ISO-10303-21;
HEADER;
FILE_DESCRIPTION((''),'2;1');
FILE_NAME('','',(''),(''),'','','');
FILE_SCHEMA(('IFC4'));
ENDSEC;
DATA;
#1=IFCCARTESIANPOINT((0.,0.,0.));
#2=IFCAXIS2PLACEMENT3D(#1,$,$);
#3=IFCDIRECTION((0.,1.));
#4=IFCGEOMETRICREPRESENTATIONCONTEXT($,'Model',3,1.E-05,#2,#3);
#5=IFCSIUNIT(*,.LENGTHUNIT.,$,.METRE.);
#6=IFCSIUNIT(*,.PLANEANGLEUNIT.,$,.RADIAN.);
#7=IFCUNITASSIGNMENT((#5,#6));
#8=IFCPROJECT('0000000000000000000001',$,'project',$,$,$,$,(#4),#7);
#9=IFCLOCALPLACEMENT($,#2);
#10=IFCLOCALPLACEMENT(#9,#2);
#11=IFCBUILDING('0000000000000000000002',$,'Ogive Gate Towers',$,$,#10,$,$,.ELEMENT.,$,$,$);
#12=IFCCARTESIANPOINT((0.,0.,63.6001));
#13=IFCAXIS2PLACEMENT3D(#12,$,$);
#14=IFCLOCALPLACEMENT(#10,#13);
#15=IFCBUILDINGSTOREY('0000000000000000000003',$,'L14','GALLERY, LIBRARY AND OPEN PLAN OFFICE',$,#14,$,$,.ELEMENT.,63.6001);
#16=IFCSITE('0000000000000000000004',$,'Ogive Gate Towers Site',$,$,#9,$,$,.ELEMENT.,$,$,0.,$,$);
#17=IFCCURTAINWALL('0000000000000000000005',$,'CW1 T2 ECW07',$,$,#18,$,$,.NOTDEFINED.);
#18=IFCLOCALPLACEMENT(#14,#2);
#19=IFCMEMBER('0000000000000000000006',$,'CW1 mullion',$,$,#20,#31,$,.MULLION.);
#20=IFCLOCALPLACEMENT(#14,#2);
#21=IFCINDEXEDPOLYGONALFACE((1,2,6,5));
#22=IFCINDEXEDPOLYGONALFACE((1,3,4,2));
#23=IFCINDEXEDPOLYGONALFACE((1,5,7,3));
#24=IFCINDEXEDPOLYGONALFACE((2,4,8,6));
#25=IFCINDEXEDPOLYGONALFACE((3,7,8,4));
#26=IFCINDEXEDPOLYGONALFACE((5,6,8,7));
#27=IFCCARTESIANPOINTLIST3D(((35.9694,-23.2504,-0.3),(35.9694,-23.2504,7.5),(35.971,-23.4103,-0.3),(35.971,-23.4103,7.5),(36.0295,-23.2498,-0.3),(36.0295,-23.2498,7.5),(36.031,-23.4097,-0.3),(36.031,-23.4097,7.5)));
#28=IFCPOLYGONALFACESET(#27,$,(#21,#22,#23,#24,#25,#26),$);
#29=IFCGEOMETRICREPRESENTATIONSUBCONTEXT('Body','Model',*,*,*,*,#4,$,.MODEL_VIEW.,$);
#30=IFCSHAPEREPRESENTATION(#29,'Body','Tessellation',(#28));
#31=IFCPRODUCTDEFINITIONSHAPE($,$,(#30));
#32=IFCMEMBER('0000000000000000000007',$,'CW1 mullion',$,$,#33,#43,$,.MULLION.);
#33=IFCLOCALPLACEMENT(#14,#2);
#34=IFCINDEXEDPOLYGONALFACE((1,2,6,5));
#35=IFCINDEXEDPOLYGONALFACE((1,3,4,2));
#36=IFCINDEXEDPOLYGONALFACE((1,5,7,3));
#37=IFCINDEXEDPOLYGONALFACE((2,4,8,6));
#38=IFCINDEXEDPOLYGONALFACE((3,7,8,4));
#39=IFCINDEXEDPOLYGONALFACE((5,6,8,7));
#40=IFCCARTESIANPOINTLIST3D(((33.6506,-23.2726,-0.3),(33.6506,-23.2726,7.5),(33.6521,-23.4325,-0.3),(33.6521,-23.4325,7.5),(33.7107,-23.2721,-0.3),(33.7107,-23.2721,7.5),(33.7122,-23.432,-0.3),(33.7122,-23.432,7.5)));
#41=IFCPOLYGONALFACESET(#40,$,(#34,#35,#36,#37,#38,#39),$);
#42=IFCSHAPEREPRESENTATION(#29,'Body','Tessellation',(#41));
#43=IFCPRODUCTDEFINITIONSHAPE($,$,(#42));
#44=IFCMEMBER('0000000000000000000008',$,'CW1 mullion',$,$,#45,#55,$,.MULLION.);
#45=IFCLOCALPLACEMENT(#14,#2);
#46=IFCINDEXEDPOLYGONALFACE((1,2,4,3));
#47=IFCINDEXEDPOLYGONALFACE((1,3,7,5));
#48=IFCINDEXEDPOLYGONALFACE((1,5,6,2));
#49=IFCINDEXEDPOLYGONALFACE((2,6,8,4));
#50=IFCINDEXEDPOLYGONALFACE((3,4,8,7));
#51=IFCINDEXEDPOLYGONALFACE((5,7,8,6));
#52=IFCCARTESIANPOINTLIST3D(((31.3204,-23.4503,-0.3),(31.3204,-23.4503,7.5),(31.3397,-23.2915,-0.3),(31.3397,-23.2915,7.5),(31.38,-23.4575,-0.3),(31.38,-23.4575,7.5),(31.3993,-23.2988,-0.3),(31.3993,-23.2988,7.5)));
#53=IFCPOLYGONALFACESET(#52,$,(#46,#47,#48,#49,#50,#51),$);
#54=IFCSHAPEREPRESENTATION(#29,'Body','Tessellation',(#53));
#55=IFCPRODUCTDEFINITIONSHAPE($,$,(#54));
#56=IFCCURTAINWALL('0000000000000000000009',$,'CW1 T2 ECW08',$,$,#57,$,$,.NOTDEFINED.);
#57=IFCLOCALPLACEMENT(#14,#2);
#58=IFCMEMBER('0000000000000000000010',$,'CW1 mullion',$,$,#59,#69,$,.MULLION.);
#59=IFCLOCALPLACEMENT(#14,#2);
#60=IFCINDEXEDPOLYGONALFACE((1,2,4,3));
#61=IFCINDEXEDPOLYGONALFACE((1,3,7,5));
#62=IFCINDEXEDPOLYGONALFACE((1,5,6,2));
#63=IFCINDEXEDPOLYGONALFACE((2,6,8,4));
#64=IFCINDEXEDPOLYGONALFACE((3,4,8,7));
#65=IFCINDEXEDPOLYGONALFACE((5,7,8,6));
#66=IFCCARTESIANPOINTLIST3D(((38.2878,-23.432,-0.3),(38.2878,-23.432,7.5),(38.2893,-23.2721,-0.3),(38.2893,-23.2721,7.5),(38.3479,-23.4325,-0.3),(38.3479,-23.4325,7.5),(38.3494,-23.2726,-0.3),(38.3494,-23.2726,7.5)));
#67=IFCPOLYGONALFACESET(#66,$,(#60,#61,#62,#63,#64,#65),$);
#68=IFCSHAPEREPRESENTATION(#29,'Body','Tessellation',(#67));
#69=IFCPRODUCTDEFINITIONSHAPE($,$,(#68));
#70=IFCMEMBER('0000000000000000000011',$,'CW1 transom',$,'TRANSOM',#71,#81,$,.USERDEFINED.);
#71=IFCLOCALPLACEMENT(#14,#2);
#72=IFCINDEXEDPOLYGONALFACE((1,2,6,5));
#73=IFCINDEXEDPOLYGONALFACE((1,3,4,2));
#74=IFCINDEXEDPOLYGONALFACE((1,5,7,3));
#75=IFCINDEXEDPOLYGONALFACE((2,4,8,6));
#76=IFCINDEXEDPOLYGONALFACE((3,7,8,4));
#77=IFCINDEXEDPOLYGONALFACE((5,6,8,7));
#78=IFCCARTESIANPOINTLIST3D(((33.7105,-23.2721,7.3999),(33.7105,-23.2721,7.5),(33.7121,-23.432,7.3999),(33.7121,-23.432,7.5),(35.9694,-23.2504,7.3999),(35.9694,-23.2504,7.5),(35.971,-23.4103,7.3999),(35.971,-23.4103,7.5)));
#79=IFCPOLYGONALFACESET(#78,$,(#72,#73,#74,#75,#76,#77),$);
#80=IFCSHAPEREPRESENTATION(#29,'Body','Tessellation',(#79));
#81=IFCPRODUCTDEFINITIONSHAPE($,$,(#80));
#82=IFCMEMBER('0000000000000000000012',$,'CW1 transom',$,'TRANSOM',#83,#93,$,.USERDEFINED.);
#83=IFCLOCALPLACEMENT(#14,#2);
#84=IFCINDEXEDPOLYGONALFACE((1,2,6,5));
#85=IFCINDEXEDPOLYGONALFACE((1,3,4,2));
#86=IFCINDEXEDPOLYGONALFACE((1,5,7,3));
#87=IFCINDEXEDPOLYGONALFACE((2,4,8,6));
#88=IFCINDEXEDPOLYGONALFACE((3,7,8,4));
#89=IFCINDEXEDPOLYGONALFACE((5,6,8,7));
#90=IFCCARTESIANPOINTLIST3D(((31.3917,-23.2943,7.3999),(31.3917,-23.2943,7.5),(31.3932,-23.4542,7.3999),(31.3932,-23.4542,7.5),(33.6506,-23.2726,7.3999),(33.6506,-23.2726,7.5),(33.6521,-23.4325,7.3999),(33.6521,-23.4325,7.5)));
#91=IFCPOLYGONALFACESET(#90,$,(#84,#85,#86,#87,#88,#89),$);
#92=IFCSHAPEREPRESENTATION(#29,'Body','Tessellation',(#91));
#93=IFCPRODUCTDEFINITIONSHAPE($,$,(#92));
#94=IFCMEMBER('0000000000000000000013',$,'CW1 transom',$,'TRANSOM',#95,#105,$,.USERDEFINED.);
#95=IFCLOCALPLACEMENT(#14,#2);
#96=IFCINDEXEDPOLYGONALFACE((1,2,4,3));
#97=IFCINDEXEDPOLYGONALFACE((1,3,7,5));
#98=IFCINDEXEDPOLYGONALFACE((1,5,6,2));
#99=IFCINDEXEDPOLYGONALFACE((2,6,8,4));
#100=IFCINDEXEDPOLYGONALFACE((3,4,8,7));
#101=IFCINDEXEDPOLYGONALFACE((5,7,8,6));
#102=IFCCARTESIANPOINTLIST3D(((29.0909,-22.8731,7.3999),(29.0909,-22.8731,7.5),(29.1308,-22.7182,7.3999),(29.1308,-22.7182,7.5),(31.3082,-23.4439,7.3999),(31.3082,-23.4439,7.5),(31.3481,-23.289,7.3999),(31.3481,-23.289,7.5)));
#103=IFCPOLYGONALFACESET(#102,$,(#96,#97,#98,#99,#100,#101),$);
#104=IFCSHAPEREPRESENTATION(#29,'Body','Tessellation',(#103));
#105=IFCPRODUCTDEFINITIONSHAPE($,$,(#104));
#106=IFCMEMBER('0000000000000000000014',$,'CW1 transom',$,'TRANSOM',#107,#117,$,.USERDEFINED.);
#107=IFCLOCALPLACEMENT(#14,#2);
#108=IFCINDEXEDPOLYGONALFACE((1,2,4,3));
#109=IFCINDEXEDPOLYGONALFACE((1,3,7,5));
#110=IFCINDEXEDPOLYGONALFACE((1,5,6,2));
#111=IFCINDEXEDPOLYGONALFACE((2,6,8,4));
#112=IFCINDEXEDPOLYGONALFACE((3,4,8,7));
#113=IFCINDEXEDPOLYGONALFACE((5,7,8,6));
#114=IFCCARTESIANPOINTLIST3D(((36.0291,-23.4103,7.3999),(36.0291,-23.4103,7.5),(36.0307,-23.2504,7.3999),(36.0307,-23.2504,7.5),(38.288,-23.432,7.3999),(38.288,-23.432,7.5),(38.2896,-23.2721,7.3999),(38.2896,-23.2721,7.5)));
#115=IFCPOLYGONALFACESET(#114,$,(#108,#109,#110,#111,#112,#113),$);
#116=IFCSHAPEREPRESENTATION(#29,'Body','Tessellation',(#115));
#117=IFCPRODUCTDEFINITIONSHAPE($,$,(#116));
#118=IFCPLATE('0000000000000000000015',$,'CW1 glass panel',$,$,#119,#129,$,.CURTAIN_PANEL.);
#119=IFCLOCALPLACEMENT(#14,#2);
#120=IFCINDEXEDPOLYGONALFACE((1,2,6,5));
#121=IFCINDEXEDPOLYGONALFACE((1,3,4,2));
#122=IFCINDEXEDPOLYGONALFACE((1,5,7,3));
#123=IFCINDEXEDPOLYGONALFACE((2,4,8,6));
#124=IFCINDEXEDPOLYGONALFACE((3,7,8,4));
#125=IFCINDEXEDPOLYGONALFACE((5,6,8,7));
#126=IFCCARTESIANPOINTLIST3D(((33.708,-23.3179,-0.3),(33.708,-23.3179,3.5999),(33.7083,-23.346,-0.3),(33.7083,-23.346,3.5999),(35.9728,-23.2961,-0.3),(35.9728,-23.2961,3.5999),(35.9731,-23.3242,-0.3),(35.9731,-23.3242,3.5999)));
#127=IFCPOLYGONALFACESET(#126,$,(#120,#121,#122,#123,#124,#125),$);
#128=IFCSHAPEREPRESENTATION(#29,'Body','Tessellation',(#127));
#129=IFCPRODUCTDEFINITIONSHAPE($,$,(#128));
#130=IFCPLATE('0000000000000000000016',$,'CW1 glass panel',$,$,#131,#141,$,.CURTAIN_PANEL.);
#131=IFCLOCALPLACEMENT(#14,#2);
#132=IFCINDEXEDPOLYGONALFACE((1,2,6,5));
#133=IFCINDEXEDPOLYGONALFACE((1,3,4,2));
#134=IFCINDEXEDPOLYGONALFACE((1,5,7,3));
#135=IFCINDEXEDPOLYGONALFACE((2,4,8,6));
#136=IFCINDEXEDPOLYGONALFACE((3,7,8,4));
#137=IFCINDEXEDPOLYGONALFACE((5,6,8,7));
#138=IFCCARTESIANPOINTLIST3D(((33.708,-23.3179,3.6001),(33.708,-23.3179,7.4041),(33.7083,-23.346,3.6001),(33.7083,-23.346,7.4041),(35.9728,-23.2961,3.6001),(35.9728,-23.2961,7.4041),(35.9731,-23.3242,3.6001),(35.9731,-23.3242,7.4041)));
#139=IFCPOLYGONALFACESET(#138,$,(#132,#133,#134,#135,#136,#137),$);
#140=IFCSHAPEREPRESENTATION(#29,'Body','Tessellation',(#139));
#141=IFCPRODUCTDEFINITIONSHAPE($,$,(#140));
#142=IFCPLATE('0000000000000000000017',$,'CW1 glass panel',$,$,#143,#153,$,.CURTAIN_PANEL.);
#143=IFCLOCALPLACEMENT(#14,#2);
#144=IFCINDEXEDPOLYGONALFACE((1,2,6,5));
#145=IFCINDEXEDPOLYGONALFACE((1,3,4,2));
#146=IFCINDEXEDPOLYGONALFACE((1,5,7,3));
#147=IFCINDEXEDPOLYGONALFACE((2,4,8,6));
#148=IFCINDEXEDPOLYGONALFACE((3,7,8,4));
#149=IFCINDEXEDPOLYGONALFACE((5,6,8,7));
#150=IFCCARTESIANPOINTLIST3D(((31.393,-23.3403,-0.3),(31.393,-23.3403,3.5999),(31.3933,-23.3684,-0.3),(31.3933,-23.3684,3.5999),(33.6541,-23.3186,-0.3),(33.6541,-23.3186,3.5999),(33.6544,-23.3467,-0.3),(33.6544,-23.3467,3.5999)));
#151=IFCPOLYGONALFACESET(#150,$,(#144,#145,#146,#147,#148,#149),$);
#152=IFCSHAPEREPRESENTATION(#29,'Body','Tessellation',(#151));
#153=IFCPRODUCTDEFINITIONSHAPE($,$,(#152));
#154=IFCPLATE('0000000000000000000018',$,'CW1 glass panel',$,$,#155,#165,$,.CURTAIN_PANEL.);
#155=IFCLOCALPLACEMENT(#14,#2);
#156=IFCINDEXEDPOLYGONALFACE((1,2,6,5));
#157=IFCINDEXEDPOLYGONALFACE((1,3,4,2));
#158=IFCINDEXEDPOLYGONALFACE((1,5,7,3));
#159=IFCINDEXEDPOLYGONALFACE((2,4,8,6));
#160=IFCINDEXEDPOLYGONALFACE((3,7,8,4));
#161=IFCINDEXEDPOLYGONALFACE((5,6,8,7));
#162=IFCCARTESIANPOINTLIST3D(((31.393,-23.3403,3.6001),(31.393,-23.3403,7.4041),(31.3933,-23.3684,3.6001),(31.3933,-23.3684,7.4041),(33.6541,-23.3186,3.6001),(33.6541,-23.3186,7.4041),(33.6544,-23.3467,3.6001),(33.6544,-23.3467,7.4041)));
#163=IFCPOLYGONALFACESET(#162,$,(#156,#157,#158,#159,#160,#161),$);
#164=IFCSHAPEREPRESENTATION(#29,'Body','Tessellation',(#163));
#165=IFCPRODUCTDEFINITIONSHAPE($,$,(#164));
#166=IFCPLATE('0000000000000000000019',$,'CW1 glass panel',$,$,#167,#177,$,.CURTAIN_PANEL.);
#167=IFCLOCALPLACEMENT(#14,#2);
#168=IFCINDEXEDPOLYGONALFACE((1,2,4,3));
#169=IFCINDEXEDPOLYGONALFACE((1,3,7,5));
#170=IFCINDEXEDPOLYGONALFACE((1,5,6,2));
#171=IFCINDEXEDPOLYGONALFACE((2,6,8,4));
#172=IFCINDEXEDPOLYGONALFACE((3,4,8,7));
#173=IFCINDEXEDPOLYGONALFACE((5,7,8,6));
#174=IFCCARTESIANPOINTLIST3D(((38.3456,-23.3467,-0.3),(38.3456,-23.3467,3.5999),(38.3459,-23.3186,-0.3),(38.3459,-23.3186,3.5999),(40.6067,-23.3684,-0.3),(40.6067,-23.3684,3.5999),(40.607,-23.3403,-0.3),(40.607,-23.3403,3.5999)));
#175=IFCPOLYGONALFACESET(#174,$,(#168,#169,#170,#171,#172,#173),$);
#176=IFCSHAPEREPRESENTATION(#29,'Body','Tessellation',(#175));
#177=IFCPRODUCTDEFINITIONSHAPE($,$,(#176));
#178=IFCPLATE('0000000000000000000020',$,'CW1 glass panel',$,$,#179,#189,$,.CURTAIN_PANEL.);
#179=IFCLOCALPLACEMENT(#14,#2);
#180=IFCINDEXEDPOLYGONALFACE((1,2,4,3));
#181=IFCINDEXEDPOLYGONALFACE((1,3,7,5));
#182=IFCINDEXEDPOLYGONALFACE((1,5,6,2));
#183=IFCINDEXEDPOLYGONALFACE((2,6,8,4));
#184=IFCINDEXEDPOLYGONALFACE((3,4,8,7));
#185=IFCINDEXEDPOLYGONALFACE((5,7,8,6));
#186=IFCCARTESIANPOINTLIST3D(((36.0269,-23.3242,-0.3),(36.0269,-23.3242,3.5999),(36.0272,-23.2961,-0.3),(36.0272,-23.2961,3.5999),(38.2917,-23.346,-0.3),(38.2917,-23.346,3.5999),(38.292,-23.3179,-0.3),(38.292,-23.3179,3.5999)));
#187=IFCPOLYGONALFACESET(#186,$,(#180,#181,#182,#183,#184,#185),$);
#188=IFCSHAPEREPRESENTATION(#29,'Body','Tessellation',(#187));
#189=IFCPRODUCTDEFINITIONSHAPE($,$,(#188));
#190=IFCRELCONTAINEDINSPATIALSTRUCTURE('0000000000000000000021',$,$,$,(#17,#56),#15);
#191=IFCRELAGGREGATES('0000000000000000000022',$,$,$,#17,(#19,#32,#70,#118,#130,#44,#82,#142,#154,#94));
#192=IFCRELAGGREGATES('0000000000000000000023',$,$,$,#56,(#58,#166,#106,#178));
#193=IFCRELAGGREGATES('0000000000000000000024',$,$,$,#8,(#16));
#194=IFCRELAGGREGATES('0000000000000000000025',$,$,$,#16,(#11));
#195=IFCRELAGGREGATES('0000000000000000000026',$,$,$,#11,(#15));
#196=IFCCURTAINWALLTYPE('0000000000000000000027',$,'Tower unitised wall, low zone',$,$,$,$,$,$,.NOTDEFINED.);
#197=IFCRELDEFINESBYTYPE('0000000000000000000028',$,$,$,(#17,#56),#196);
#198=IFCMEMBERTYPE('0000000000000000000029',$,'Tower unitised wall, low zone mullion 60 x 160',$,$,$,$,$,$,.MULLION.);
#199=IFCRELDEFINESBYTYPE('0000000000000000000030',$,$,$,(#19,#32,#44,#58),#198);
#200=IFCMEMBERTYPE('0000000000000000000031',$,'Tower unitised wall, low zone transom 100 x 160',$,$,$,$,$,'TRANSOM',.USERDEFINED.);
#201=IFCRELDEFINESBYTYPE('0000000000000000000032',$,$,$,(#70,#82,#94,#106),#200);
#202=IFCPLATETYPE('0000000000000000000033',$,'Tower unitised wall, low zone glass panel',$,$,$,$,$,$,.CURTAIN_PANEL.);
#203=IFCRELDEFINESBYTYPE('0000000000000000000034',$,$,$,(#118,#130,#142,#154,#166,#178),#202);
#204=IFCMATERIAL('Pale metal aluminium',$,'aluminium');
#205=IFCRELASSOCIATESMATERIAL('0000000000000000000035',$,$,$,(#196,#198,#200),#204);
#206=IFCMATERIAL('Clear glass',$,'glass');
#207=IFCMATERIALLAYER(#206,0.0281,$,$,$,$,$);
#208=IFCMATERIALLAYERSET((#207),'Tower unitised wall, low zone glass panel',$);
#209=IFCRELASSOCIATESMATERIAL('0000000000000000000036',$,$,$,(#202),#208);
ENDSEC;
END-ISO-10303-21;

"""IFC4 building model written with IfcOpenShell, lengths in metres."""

from ifc_helpers import new_model, si_unit, direction, frame, origin, origin_2d, place, context, subcontext, project, spatial, rectangle, extrude, material, layer, layer_set, material_profile, profile_set, type_object, element, aggregate, save


model = new_model("IFC4")

# Units and contexts
model_context = context("Model", 3, precision=1e-05, world=origin(), true_north=direction((0.0, 1.0)))
body_context = subcontext(model_context, "Body", "Model", "MODEL_VIEW")
ifc_project = project(units=[si_unit("LENGTHUNIT", "METRE"), si_unit("PLANEANGLEUNIT", "RADIAN")], contexts=[model_context])

# Site, building, storey
site_placement = place(None, origin())
site = spatial("IfcSite", under=ifc_project, at=site_placement, Name="Ogive Gate Towers Site", CompositionType="ELEMENT", RefElevation=0.0)
building_placement = place(site_placement, origin())
building = spatial("IfcBuilding", under=site, at=building_placement, Name="Ogive Gate Towers", CompositionType="ELEMENT")
storey_placement = place(building_placement, frame((0.0, 0.0, 63.6001)))
storey = spatial("IfcBuildingStorey", under=building, at=storey_placement, Name="L14", Description="GALLERY, LIBRARY AND OPEN PLAN OFFICE", CompositionType="ELEMENT", Elevation=63.6001)

# Curtain wall, members
ifc_material_1 = material(Name="Pale metal aluminium", Category="aluminium")
curtain_wall_type = type_object("IfcCurtainWallType", Name="Tower unitised wall, low zone", PredefinedType="NOTDEFINED", material=ifc_material_1)
curtain_wall_1_placement = place(storey_placement, origin())
curtain_wall_1 = element("IfcCurtainWall", 1, at=curtain_wall_1_placement, inside=storey, type_object=curtain_wall_type, Name="CW1 T2 ECW07", PredefinedType="NOTDEFINED")
ifc_material_profile_1 = material_profile(ifc_material_1, rectangle(XDim=0.1599, YDim=0.0601, at=origin_2d()), Name="60 x 160 aluminium box")
ifc_profile_set_1 = profile_set([ifc_material_profile_1], Name="Pale metal aluminium")
member_type_1 = type_object("IfcMemberType", Name="Tower unitised wall, low zone mullion 60 x 160", PredefinedType="MULLION", material=ifc_profile_set_1)
member_1_placement = place(storey_placement, frame((36.0002, -23.3301, -0.3), z_axis=(0.0, 0.0, 1.0), x_axis=(-0.009617, 0.999954, 0.0)))
member_1 = element("IfcMember", 2, at=member_1_placement, type_object=member_type_1, Name="CW1 mullion", PredefinedType="MULLION", context=body_context, shape_type="SweptSolid", body=[
    extrude(rectangle(XDim=0.1599, YDim=0.0601, at=origin_2d()), origin(), (0.0, 0.0, 1.0), 7.8),
])
member_2_placement = place(storey_placement, frame((33.6814, -23.3523, -0.3), z_axis=(0.0, 0.0, 1.0), x_axis=(-0.009599, 0.999954, 0.0)))
member_2 = element("IfcMember", 3, at=member_2_placement, type_object=member_type_1, Name="CW1 mullion", PredefinedType="MULLION", context=body_context, shape_type="SweptSolid", body=[
    extrude(rectangle(XDim=0.1599, YDim=0.0601, at=origin_2d()), origin(), (0.0, 0.0, 1.0), 7.8),
])
member_3_placement = place(storey_placement, frame((31.3599, -23.3745, -0.3), z_axis=(0.0, 0.0, 1.0), x_axis=(0.120865, 0.992669, 0.0)))
member_3 = element("IfcMember", 4, at=member_3_placement, type_object=member_type_1, Name="CW1 mullion", PredefinedType="MULLION", context=body_context, shape_type="SweptSolid", body=[
    extrude(rectangle(XDim=0.1599, YDim=0.0601, at=origin_2d()), origin(), (0.0, 0.0, 1.0), 7.8),
])

# Curtain wall, member
curtain_wall_2_placement = place(storey_placement, origin())
curtain_wall_2 = element("IfcCurtainWall", 5, at=curtain_wall_2_placement, inside=storey, type_object=curtain_wall_type, Name="CW1 T2 ECW08", PredefinedType="NOTDEFINED")
member_4_placement = place(storey_placement, frame((38.3186, -23.3523, -0.3), z_axis=(0.0, 0.0, 1.0), x_axis=(0.009599, 0.999954, 0.0)))
member_4 = element("IfcMember", 6, at=member_4_placement, type_object=member_type_1, Name="CW1 mullion", PredefinedType="MULLION", context=body_context, shape_type="SweptSolid", body=[
    extrude(rectangle(XDim=0.1599, YDim=0.0601, at=origin_2d()), origin(), (0.0, 0.0, 1.0), 7.8),
])

# Members
ifc_material_profile_2 = material_profile(ifc_material_1, rectangle(XDim=0.1599, YDim=0.1001, at=origin_2d()), Name="100 x 160 aluminium box")
ifc_profile_set_2 = profile_set([ifc_material_profile_2], Name="Pale metal aluminium")
member_type_2 = type_object("IfcMemberType", Name="Tower unitised wall, low zone transom 100 x 160", ElementType="TRANSOM", PredefinedType="USERDEFINED", material=ifc_profile_set_2)
member_5_placement = place(storey_placement, frame((35.9702, -23.3303, 7.45), z_axis=(-0.999954, -0.009618, 0.0), x_axis=(0.009618, -0.999954, 0.0)))
member_5 = element("IfcMember", 7, at=member_5_placement, type_object=member_type_2, Name="CW1 transom", ObjectType="TRANSOM", PredefinedType="USERDEFINED", context=body_context, shape_type="SweptSolid", body=[
    extrude(rectangle(XDim=0.1599, YDim=0.1001, at=origin_2d()), origin(), (0.0, 0.0, 1.0), 2.259),
])
member_6_placement = place(storey_placement, frame((33.6514, -23.3525, 7.45), z_axis=(-0.999954, -0.009618, 0.0), x_axis=(0.009618, -0.999954, 0.0)))
member_6 = element("IfcMember", 8, at=member_6_placement, type_object=member_type_2, Name="CW1 transom", ObjectType="TRANSOM", PredefinedType="USERDEFINED", context=body_context, shape_type="SweptSolid", body=[
    extrude(rectangle(XDim=0.1599, YDim=0.1001, at=origin_2d()), origin(), (0.0, 0.0, 1.0), 2.259),
])
member_7_placement = place(storey_placement, frame((31.3281, -23.3665, 7.45), z_axis=(-0.968425, 0.249304, 0.0), x_axis=(-0.249304, -0.968425, 0.0)))
member_7 = element("IfcMember", 9, at=member_7_placement, type_object=member_type_2, Name="CW1 transom", ObjectType="TRANSOM", PredefinedType="USERDEFINED", context=body_context, shape_type="SweptSolid", body=[
    extrude(rectangle(XDim=0.1599, YDim=0.1001, at=origin_2d()), origin(), (0.0, 0.0, 1.0), 2.2896),
])
member_8_placement = place(storey_placement, frame((38.2888, -23.3521, 7.45), z_axis=(-0.999954, 0.009618, 0.0), x_axis=(-0.009618, -0.999954, 0.0)))
member_8 = element("IfcMember", 10, at=member_8_placement, type_object=member_type_2, Name="CW1 transom", ObjectType="TRANSOM", PredefinedType="USERDEFINED", context=body_context, shape_type="SweptSolid", body=[
    extrude(rectangle(XDim=0.1599, YDim=0.1001, at=origin_2d()), origin(), (0.0, 0.0, 1.0), 2.259),
])

# Plates
ifc_material_2 = material(Name="Clear glass", Category="glass")
ifc_layer_1 = layer(ifc_material_2, 0.0281)
ifc_layer_set_1 = layer_set([ifc_layer_1], Name="Tower unitised wall, low zone glass panel")
plate_type = type_object("IfcPlateType", Name="Tower unitised wall, low zone glass panel", PredefinedType="CURTAIN_PANEL", material=ifc_layer_set_1)
plate_1_placement = place(storey_placement, frame((34.8406, -23.321, -0.3), z_axis=(0.0, 0.0, 1.0), x_axis=(-0.999954, -0.009617, 0.0)))
plate_1 = element("IfcPlate", 11, at=plate_1_placement, type_object=plate_type, Name="CW1 glass panel", PredefinedType="CURTAIN_PANEL", context=body_context, shape_type="SweptSolid", body=[
    extrude(rectangle(XDim=2.2649, YDim=0.0281, at=origin_2d()), origin(), (0.0, 0.0, 1.0), 3.8999),
])
plate_2_placement = place(storey_placement, frame((34.8406, -23.321, 3.6001), z_axis=(0.0, 0.0, 1.0), x_axis=(-0.999954, -0.009617, 0.0)))
plate_2 = element("IfcPlate", 12, at=plate_2_placement, type_object=plate_type, Name="CW1 glass panel", PredefinedType="CURTAIN_PANEL", context=body_context, shape_type="SweptSolid", body=[
    extrude(rectangle(XDim=2.2649, YDim=0.0281, at=origin_2d()), origin(), (0.0, 0.0, 1.0), 3.804),
])
plate_3_placement = place(storey_placement, frame((32.5237, -23.3435, -0.3), z_axis=(0.0, 0.0, 1.0), x_axis=(-0.999954, -0.009582, 0.0)))
plate_3 = element("IfcPlate", 13, at=plate_3_placement, type_object=plate_type, Name="CW1 glass panel", PredefinedType="CURTAIN_PANEL", context=body_context, shape_type="SweptSolid", body=[
    extrude(rectangle(XDim=2.2612, YDim=0.0281, at=origin_2d()), origin(), (0.0, 0.0, 1.0), 3.8999),
])
plate_4_placement = place(storey_placement, frame((32.5237, -23.3435, 3.6001), z_axis=(0.0, 0.0, 1.0), x_axis=(-0.999954, -0.009582, 0.0)))
plate_4 = element("IfcPlate", 14, at=plate_4_placement, type_object=plate_type, Name="CW1 glass panel", PredefinedType="CURTAIN_PANEL", context=body_context, shape_type="SweptSolid", body=[
    extrude(rectangle(XDim=2.2612, YDim=0.0281, at=origin_2d()), origin(), (0.0, 0.0, 1.0), 3.804),
])
aggregate(curtain_wall_1, [member_1, member_2, member_5, plate_1, plate_2, member_3, member_6, plate_3, plate_4, member_7])
plate_5_placement = place(storey_placement, frame((39.4763, -23.3435, -0.3), z_axis=(0.0, 0.0, 1.0), x_axis=(-0.999954, 0.009582, 0.0)))
plate_5 = element("IfcPlate", 15, at=plate_5_placement, type_object=plate_type, Name="CW1 glass panel", PredefinedType="CURTAIN_PANEL", context=body_context, shape_type="SweptSolid", body=[
    extrude(rectangle(XDim=2.2612, YDim=0.0281, at=origin_2d()), origin(), (0.0, 0.0, 1.0), 3.8999),
])
plate_6_placement = place(storey_placement, frame((37.1594, -23.321, -0.3), z_axis=(0.0, 0.0, 1.0), x_axis=(-0.999954, 0.009617, 0.0)))
plate_6 = element("IfcPlate", 16, at=plate_6_placement, type_object=plate_type, Name="CW1 glass panel", PredefinedType="CURTAIN_PANEL", context=body_context, shape_type="SweptSolid", body=[
    extrude(rectangle(XDim=2.2649, YDim=0.0281, at=origin_2d()), origin(), (0.0, 0.0, 1.0), 3.8999),
])
aggregate(curtain_wall_2, [member_4, plate_5, member_8, plate_6])

save(model, "model.ifc")
